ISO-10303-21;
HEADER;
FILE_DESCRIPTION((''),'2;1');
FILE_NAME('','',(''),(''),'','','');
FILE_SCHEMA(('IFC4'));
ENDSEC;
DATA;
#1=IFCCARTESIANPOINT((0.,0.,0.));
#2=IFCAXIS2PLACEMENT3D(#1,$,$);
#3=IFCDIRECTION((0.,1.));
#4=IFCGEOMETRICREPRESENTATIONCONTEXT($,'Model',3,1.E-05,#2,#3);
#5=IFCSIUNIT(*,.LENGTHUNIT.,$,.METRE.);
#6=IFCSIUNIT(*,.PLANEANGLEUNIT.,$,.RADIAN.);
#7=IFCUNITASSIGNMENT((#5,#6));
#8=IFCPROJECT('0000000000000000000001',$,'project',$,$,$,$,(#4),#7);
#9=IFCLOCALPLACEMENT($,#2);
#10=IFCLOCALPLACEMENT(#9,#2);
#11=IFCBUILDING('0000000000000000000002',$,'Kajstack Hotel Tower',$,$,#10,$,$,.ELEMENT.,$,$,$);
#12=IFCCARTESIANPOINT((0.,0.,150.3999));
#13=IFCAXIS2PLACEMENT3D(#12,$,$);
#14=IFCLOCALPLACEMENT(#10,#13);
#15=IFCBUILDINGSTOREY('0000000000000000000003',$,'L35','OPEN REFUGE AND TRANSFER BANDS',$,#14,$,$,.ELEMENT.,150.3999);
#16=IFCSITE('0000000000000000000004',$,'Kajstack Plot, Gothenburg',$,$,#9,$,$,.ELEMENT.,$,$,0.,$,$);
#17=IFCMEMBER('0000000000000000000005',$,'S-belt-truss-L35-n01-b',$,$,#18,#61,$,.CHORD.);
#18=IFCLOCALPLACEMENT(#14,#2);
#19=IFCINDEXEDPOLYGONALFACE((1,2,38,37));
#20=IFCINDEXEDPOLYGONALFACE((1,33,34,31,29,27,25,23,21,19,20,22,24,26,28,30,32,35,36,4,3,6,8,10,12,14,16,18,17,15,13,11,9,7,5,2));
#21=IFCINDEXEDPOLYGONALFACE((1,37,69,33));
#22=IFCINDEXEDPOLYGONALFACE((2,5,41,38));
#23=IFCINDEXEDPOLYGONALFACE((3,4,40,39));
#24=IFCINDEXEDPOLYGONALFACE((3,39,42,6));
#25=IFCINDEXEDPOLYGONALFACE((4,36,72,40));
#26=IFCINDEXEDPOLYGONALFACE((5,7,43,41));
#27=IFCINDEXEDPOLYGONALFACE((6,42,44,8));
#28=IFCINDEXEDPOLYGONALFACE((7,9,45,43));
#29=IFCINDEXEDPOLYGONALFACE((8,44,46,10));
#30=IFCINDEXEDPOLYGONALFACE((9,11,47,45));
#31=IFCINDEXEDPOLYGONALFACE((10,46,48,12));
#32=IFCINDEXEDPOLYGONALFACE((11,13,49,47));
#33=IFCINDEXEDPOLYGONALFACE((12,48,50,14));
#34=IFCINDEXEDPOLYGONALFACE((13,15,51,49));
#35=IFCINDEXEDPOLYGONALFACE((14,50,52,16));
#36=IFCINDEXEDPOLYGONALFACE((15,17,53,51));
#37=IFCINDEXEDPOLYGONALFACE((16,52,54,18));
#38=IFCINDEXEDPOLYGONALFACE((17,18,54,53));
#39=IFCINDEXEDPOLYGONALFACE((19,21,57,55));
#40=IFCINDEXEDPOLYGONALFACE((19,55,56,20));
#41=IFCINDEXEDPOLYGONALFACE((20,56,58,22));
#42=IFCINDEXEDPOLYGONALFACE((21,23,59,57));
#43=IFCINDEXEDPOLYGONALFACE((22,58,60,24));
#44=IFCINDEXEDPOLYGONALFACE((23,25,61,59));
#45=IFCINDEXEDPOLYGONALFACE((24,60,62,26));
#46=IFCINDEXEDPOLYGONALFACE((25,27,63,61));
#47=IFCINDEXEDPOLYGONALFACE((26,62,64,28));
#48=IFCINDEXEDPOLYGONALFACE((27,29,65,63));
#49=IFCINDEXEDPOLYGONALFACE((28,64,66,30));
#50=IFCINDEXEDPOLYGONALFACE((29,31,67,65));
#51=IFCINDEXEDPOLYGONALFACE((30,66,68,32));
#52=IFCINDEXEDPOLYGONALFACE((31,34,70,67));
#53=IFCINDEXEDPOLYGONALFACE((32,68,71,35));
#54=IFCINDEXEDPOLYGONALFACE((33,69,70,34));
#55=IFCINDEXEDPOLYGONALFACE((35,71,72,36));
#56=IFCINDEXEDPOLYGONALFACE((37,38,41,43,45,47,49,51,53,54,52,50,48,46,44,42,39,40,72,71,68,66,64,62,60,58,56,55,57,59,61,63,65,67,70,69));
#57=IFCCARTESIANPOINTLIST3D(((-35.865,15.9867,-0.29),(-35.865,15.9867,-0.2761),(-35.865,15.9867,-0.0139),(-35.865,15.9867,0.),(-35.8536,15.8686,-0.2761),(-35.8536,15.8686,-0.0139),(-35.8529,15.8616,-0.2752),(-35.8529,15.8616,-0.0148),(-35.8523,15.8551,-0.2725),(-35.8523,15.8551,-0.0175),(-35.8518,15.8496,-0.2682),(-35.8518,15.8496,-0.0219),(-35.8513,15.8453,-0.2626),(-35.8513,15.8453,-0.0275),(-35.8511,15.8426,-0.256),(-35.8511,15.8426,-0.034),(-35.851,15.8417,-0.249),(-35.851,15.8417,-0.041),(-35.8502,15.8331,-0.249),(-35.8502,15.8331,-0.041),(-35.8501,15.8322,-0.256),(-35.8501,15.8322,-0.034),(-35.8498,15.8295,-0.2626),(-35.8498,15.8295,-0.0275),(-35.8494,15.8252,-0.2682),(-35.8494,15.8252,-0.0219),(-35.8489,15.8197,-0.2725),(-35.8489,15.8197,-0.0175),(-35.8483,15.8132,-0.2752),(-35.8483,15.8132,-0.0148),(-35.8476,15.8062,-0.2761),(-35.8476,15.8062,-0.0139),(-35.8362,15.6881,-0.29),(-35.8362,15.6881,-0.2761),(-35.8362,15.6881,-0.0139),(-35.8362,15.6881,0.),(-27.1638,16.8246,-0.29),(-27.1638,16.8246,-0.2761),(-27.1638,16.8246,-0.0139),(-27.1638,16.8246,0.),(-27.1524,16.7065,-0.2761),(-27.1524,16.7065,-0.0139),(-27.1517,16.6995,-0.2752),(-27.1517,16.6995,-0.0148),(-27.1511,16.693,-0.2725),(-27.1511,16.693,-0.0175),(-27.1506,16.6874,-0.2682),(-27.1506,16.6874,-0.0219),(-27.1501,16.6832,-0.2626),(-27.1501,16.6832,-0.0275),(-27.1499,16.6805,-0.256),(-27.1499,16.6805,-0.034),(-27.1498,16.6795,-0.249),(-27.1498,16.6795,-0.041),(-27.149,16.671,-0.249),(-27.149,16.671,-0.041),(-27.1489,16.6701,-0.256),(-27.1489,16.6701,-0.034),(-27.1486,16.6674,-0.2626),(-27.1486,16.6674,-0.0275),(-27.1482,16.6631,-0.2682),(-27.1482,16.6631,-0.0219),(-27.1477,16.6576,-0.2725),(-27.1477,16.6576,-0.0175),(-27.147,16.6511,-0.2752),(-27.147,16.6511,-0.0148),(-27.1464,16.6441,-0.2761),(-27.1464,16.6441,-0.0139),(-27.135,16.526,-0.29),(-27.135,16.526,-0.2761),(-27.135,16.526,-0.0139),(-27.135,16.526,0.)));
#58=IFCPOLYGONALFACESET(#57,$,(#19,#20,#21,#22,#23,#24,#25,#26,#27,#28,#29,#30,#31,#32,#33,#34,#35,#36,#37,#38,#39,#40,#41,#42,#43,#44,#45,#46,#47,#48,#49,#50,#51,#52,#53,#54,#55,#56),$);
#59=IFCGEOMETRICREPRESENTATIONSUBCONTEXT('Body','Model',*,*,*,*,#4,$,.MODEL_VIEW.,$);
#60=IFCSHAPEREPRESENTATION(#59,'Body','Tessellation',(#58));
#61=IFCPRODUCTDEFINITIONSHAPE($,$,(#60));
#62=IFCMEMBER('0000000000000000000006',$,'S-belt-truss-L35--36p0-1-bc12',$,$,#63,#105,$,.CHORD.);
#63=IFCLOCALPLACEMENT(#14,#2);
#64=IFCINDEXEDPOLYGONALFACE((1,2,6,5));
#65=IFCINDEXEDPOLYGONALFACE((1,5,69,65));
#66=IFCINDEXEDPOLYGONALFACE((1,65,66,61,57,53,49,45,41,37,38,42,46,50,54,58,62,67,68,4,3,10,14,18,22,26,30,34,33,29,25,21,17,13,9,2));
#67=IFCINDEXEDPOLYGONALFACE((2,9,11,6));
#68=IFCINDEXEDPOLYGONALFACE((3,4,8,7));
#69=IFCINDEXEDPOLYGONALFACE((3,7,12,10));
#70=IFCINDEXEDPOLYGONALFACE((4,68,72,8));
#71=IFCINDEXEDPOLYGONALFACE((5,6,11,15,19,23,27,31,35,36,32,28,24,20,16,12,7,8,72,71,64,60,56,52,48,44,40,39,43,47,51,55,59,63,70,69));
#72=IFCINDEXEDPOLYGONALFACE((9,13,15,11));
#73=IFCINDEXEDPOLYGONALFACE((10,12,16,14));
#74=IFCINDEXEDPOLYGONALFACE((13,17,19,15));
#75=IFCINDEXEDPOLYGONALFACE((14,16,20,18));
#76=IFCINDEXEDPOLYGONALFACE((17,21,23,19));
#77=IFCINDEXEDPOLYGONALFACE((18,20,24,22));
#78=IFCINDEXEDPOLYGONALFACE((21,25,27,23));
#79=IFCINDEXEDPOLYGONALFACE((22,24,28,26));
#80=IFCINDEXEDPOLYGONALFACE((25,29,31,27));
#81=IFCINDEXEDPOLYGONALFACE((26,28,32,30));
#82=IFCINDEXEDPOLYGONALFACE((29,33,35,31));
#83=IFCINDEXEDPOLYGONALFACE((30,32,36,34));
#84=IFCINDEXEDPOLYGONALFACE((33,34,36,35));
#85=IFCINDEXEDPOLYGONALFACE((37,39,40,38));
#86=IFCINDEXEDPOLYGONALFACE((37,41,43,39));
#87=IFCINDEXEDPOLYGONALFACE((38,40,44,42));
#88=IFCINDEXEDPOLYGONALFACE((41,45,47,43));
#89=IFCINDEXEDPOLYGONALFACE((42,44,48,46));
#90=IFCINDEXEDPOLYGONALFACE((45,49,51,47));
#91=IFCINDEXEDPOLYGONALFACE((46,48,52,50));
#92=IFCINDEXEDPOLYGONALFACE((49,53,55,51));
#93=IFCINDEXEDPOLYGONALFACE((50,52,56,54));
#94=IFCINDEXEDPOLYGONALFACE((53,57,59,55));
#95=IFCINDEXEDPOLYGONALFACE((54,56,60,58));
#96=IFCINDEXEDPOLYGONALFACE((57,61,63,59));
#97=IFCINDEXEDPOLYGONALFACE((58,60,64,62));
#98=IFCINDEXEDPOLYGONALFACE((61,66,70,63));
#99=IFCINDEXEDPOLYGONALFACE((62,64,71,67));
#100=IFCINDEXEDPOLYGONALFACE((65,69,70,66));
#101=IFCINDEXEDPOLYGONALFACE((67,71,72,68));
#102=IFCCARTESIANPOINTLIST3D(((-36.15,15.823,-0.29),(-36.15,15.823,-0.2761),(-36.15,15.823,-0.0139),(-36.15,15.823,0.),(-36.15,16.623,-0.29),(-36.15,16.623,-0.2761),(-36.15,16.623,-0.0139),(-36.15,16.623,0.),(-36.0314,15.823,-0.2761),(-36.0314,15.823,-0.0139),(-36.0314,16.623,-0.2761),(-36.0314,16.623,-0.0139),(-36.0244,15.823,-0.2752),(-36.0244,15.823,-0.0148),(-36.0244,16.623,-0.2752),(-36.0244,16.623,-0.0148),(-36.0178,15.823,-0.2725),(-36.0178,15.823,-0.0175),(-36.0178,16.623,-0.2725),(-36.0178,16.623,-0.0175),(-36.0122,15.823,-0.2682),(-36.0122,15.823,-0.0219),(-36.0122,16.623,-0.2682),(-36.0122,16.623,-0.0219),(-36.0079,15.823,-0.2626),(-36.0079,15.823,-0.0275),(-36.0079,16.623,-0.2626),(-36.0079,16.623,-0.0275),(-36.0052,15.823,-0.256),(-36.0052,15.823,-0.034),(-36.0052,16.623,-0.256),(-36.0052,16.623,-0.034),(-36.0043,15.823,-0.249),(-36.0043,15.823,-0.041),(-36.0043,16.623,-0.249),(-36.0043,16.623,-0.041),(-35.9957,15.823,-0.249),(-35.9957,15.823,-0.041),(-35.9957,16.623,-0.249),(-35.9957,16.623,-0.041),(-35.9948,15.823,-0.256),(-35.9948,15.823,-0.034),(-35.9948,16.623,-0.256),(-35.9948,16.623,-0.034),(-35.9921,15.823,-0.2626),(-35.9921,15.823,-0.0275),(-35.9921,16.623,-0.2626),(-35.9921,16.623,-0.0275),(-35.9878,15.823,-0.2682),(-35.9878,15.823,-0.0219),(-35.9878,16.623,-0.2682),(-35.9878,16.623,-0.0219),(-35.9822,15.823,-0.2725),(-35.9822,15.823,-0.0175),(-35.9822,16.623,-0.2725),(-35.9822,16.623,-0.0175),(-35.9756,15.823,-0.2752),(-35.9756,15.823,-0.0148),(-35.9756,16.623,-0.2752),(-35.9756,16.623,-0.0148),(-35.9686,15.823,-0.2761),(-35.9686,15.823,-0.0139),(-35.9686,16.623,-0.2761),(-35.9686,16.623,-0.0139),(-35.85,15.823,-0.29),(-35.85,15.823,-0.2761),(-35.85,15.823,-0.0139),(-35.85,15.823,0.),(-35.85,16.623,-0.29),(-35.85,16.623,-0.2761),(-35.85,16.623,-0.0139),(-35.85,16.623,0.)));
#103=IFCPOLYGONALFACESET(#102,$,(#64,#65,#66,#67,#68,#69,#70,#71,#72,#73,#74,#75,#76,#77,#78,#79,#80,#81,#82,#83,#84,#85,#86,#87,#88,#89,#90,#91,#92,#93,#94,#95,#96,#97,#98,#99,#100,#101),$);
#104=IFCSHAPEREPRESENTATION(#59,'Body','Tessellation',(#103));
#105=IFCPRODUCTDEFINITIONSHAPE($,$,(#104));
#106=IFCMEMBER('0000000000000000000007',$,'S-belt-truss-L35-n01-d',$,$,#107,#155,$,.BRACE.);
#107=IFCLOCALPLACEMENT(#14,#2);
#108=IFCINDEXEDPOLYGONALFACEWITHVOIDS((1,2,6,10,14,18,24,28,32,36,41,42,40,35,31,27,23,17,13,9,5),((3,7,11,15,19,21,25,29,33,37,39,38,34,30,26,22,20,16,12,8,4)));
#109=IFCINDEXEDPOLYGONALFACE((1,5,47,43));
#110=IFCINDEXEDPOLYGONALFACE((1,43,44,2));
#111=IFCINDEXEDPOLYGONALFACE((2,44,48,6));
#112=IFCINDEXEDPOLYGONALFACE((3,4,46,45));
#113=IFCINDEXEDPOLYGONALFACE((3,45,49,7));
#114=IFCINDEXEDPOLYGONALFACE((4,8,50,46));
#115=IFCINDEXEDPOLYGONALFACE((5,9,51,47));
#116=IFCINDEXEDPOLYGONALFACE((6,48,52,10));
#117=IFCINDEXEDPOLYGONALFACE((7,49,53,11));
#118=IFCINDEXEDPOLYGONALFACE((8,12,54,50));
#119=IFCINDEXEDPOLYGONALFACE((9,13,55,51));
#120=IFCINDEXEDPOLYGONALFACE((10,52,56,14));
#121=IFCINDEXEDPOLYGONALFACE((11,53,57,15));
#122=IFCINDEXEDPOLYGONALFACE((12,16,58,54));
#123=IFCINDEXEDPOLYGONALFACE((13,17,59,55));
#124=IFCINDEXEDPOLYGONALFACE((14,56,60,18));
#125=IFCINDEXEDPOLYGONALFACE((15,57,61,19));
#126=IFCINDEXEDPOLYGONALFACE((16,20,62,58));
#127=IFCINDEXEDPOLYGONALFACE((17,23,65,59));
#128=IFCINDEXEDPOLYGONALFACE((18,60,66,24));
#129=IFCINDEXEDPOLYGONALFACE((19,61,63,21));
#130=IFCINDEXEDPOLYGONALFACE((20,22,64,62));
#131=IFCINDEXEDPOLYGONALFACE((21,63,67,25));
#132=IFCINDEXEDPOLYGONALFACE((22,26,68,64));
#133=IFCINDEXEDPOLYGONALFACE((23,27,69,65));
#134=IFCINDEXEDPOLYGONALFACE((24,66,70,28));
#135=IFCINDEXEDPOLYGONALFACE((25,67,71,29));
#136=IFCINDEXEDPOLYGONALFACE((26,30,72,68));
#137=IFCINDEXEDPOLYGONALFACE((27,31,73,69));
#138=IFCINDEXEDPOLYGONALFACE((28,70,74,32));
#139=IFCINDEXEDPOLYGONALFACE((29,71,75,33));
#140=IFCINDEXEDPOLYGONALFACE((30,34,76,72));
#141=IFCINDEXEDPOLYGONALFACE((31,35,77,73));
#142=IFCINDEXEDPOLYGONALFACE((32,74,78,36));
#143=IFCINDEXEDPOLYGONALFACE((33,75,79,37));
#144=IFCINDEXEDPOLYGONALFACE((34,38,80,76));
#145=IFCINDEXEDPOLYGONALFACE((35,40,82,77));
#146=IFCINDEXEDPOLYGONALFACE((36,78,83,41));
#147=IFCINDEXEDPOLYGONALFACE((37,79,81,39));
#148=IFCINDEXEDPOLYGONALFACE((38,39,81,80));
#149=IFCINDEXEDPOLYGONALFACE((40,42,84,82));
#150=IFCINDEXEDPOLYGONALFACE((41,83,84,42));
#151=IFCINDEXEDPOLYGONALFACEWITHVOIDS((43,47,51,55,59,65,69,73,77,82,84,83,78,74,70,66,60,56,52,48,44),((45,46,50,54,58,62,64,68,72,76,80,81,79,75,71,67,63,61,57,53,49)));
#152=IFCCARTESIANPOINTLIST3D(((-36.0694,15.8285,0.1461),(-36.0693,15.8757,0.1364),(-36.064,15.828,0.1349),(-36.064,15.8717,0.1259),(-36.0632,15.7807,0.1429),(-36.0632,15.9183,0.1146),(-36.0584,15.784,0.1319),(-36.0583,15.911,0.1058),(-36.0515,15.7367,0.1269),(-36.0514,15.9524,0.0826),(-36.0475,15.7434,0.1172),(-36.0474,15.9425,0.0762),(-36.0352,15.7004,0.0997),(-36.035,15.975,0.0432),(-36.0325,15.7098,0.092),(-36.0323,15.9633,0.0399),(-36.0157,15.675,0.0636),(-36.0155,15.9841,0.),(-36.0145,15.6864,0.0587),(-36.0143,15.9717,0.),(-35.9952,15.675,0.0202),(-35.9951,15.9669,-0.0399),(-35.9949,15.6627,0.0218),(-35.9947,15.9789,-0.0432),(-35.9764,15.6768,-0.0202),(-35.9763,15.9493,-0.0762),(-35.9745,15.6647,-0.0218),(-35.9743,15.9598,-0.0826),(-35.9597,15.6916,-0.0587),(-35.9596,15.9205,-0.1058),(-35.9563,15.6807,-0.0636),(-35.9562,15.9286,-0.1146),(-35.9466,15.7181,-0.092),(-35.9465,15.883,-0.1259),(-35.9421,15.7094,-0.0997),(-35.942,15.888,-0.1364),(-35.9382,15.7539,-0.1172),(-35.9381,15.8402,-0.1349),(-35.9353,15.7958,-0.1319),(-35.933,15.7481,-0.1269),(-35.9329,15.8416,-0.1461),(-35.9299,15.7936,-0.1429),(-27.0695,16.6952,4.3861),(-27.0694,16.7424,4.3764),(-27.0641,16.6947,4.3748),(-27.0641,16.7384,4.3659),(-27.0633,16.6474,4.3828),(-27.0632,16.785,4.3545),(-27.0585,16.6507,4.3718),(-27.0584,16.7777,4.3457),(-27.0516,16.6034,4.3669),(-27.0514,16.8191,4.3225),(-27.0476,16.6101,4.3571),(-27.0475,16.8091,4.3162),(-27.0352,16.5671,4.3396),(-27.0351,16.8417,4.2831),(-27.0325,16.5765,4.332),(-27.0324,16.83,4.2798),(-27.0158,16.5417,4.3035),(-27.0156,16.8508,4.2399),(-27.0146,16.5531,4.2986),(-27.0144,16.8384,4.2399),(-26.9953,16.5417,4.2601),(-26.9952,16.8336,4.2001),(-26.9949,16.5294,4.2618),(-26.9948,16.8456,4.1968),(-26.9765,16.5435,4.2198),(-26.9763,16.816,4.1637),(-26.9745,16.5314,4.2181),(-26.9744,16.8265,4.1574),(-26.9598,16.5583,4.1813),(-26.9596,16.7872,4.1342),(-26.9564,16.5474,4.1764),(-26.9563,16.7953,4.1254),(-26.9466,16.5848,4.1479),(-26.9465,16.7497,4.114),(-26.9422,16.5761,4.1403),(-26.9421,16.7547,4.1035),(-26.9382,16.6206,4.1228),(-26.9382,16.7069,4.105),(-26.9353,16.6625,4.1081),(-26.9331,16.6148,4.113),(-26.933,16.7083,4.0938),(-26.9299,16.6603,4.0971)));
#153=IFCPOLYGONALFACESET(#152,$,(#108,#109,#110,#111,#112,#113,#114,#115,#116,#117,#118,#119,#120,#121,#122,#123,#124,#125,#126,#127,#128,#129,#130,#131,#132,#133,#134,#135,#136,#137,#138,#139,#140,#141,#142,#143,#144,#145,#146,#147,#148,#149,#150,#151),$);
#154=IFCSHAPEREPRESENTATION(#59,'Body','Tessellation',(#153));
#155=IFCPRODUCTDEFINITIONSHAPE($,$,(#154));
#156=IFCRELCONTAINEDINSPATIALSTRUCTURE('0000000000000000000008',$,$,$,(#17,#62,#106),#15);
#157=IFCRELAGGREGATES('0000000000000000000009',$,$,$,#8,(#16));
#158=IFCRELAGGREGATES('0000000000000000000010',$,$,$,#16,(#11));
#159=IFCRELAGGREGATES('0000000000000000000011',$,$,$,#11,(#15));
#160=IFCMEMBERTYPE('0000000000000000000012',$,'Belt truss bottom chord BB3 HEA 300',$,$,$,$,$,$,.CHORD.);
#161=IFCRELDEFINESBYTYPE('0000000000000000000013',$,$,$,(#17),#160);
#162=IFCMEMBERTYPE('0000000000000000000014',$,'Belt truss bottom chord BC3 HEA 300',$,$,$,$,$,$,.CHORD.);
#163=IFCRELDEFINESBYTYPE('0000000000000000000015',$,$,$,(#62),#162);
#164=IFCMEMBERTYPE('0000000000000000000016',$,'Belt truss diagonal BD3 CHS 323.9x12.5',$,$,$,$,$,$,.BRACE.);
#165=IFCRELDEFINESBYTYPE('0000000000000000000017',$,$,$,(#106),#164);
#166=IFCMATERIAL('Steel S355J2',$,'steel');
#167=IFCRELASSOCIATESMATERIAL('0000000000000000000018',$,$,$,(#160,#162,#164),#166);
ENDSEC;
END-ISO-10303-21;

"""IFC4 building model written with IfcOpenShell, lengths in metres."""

from ifc_helpers import new_model, si_unit, direction, frame, origin, origin_2d, place, context, subcontext, project, spatial, hollow_circle, i_section, extrude, material, material_profile, profile_set, type_object, element, save


model = new_model("IFC4")

# Units and contexts
model_context = context("Model", 3, precision=1e-05, world=origin(), true_north=direction((0.0, 1.0)))
body_context = subcontext(model_context, "Body", "Model", "MODEL_VIEW")
ifc_project = project(units=[si_unit("LENGTHUNIT", "METRE"), si_unit("PLANEANGLEUNIT", "RADIAN")], contexts=[model_context])

# Site, building, storey
site_placement = place(None, origin())
site = spatial("IfcSite", under=ifc_project, at=site_placement, Name="Kajstack Plot, Gothenburg", CompositionType="ELEMENT", RefElevation=0.0)
building_placement = place(site_placement, origin())
building = spatial("IfcBuilding", under=site, at=building_placement, Name="Kajstack Hotel Tower", CompositionType="ELEMENT")
storey_placement = place(building_placement, frame((0.0, 0.0, 150.3999)))
storey = spatial("IfcBuildingStorey", under=building, at=storey_placement, Name="L35", Description="OPEN REFUGE AND TRANSFER BANDS", CompositionType="ELEMENT", Elevation=150.3999)

# Members
ifc_material = material(Name="Steel S355J2", Category="steel")
ifc_material_profile_1 = material_profile(ifc_material, i_section(OverallWidth=0.3, OverallDepth=0.29, WebThickness=0.0085, FlangeThickness=0.0139, FilletRadius=0.0271, at=origin_2d()), Name="HEA 300")
ifc_profile_set_1 = profile_set([ifc_material_profile_1], Name="Steel S355J2")
member_type_1 = type_object("IfcMemberType", Name="Belt truss bottom chord BB3 HEA 300", PredefinedType="CHORD", material=ifc_profile_set_1)
member_1_placement = place(storey_placement, frame((-35.8506, 15.8374, -0.145), z_axis=(0.995396, 0.095853, 0.0), x_axis=(-0.095853, 0.995396, 0.0)))
element("IfcMember", 1, at=member_1_placement, inside=storey, type_object=member_type_1, Name="S-belt-truss-L35-n01-b", PredefinedType="CHORD", context=body_context, shape_type="SweptSolid", body=[
    extrude(i_section(OverallWidth=0.3, OverallDepth=0.29, WebThickness=0.0085, FlangeThickness=0.0139, FilletRadius=0.0271, at=origin_2d()), origin(), (0.0, 0.0, 1.0), 8.7415),
])
ifc_material_profile_2 = material_profile(ifc_material, i_section(OverallWidth=0.3, OverallDepth=0.29, WebThickness=0.0085, FlangeThickness=0.0139, FilletRadius=0.0271, at=origin_2d()), Name="HEA 300")
ifc_profile_set_2 = profile_set([ifc_material_profile_2], Name="Steel S355J2")
member_type_2 = type_object("IfcMemberType", Name="Belt truss bottom chord BC3 HEA 300", PredefinedType="CHORD", material=ifc_profile_set_2)
member_2_placement = place(storey_placement, frame((-36.0, 15.823, -0.145), z_axis=(0.0, 1.0, 0.0), x_axis=(-1.0, 0.0, 0.0)))
element("IfcMember", 2, at=member_2_placement, inside=storey, type_object=member_type_2, Name="S-belt-truss-L35--36p0-1-bc12", PredefinedType="CHORD", context=body_context, shape_type="SweptSolid", body=[
    extrude(i_section(OverallWidth=0.3, OverallDepth=0.29, WebThickness=0.0085, FlangeThickness=0.0139, FilletRadius=0.0271, at=origin_2d()), origin(), (0.0, 0.0, 1.0), 0.8),
])
ifc_material_profile_3 = material_profile(ifc_material, hollow_circle(Radius=0.1619, WallThickness=0.0125, at=origin_2d()), Name="CHS 323.9x12.5")
ifc_profile_set_3 = profile_set([ifc_material_profile_3], Name="Steel S355J2")
member_type_3 = type_object("IfcMemberType", Name="Belt truss diagonal BD3 CHS 323.9x12.5", PredefinedType="BRACE", material=ifc_profile_set_3)
member_3_placement = place(storey_placement, frame((-36.0, 15.823, 0.0), z_axis=(0.901223, 0.086788, 0.424575), x_axis=(-0.095856, 0.995395, 0.0)))
element("IfcMember", 3, at=member_3_placement, inside=storey, type_object=member_type_3, Name="S-belt-truss-L35-n01-d", PredefinedType="BRACE", context=body_context, shape_type="SweptSolid", body=[
    extrude(hollow_circle(Radius=0.1619, WallThickness=0.0125, at=origin_2d()), origin(), (0.0, 0.0, 1.0), 9.9863),
])

save(model, "model.ifc")
